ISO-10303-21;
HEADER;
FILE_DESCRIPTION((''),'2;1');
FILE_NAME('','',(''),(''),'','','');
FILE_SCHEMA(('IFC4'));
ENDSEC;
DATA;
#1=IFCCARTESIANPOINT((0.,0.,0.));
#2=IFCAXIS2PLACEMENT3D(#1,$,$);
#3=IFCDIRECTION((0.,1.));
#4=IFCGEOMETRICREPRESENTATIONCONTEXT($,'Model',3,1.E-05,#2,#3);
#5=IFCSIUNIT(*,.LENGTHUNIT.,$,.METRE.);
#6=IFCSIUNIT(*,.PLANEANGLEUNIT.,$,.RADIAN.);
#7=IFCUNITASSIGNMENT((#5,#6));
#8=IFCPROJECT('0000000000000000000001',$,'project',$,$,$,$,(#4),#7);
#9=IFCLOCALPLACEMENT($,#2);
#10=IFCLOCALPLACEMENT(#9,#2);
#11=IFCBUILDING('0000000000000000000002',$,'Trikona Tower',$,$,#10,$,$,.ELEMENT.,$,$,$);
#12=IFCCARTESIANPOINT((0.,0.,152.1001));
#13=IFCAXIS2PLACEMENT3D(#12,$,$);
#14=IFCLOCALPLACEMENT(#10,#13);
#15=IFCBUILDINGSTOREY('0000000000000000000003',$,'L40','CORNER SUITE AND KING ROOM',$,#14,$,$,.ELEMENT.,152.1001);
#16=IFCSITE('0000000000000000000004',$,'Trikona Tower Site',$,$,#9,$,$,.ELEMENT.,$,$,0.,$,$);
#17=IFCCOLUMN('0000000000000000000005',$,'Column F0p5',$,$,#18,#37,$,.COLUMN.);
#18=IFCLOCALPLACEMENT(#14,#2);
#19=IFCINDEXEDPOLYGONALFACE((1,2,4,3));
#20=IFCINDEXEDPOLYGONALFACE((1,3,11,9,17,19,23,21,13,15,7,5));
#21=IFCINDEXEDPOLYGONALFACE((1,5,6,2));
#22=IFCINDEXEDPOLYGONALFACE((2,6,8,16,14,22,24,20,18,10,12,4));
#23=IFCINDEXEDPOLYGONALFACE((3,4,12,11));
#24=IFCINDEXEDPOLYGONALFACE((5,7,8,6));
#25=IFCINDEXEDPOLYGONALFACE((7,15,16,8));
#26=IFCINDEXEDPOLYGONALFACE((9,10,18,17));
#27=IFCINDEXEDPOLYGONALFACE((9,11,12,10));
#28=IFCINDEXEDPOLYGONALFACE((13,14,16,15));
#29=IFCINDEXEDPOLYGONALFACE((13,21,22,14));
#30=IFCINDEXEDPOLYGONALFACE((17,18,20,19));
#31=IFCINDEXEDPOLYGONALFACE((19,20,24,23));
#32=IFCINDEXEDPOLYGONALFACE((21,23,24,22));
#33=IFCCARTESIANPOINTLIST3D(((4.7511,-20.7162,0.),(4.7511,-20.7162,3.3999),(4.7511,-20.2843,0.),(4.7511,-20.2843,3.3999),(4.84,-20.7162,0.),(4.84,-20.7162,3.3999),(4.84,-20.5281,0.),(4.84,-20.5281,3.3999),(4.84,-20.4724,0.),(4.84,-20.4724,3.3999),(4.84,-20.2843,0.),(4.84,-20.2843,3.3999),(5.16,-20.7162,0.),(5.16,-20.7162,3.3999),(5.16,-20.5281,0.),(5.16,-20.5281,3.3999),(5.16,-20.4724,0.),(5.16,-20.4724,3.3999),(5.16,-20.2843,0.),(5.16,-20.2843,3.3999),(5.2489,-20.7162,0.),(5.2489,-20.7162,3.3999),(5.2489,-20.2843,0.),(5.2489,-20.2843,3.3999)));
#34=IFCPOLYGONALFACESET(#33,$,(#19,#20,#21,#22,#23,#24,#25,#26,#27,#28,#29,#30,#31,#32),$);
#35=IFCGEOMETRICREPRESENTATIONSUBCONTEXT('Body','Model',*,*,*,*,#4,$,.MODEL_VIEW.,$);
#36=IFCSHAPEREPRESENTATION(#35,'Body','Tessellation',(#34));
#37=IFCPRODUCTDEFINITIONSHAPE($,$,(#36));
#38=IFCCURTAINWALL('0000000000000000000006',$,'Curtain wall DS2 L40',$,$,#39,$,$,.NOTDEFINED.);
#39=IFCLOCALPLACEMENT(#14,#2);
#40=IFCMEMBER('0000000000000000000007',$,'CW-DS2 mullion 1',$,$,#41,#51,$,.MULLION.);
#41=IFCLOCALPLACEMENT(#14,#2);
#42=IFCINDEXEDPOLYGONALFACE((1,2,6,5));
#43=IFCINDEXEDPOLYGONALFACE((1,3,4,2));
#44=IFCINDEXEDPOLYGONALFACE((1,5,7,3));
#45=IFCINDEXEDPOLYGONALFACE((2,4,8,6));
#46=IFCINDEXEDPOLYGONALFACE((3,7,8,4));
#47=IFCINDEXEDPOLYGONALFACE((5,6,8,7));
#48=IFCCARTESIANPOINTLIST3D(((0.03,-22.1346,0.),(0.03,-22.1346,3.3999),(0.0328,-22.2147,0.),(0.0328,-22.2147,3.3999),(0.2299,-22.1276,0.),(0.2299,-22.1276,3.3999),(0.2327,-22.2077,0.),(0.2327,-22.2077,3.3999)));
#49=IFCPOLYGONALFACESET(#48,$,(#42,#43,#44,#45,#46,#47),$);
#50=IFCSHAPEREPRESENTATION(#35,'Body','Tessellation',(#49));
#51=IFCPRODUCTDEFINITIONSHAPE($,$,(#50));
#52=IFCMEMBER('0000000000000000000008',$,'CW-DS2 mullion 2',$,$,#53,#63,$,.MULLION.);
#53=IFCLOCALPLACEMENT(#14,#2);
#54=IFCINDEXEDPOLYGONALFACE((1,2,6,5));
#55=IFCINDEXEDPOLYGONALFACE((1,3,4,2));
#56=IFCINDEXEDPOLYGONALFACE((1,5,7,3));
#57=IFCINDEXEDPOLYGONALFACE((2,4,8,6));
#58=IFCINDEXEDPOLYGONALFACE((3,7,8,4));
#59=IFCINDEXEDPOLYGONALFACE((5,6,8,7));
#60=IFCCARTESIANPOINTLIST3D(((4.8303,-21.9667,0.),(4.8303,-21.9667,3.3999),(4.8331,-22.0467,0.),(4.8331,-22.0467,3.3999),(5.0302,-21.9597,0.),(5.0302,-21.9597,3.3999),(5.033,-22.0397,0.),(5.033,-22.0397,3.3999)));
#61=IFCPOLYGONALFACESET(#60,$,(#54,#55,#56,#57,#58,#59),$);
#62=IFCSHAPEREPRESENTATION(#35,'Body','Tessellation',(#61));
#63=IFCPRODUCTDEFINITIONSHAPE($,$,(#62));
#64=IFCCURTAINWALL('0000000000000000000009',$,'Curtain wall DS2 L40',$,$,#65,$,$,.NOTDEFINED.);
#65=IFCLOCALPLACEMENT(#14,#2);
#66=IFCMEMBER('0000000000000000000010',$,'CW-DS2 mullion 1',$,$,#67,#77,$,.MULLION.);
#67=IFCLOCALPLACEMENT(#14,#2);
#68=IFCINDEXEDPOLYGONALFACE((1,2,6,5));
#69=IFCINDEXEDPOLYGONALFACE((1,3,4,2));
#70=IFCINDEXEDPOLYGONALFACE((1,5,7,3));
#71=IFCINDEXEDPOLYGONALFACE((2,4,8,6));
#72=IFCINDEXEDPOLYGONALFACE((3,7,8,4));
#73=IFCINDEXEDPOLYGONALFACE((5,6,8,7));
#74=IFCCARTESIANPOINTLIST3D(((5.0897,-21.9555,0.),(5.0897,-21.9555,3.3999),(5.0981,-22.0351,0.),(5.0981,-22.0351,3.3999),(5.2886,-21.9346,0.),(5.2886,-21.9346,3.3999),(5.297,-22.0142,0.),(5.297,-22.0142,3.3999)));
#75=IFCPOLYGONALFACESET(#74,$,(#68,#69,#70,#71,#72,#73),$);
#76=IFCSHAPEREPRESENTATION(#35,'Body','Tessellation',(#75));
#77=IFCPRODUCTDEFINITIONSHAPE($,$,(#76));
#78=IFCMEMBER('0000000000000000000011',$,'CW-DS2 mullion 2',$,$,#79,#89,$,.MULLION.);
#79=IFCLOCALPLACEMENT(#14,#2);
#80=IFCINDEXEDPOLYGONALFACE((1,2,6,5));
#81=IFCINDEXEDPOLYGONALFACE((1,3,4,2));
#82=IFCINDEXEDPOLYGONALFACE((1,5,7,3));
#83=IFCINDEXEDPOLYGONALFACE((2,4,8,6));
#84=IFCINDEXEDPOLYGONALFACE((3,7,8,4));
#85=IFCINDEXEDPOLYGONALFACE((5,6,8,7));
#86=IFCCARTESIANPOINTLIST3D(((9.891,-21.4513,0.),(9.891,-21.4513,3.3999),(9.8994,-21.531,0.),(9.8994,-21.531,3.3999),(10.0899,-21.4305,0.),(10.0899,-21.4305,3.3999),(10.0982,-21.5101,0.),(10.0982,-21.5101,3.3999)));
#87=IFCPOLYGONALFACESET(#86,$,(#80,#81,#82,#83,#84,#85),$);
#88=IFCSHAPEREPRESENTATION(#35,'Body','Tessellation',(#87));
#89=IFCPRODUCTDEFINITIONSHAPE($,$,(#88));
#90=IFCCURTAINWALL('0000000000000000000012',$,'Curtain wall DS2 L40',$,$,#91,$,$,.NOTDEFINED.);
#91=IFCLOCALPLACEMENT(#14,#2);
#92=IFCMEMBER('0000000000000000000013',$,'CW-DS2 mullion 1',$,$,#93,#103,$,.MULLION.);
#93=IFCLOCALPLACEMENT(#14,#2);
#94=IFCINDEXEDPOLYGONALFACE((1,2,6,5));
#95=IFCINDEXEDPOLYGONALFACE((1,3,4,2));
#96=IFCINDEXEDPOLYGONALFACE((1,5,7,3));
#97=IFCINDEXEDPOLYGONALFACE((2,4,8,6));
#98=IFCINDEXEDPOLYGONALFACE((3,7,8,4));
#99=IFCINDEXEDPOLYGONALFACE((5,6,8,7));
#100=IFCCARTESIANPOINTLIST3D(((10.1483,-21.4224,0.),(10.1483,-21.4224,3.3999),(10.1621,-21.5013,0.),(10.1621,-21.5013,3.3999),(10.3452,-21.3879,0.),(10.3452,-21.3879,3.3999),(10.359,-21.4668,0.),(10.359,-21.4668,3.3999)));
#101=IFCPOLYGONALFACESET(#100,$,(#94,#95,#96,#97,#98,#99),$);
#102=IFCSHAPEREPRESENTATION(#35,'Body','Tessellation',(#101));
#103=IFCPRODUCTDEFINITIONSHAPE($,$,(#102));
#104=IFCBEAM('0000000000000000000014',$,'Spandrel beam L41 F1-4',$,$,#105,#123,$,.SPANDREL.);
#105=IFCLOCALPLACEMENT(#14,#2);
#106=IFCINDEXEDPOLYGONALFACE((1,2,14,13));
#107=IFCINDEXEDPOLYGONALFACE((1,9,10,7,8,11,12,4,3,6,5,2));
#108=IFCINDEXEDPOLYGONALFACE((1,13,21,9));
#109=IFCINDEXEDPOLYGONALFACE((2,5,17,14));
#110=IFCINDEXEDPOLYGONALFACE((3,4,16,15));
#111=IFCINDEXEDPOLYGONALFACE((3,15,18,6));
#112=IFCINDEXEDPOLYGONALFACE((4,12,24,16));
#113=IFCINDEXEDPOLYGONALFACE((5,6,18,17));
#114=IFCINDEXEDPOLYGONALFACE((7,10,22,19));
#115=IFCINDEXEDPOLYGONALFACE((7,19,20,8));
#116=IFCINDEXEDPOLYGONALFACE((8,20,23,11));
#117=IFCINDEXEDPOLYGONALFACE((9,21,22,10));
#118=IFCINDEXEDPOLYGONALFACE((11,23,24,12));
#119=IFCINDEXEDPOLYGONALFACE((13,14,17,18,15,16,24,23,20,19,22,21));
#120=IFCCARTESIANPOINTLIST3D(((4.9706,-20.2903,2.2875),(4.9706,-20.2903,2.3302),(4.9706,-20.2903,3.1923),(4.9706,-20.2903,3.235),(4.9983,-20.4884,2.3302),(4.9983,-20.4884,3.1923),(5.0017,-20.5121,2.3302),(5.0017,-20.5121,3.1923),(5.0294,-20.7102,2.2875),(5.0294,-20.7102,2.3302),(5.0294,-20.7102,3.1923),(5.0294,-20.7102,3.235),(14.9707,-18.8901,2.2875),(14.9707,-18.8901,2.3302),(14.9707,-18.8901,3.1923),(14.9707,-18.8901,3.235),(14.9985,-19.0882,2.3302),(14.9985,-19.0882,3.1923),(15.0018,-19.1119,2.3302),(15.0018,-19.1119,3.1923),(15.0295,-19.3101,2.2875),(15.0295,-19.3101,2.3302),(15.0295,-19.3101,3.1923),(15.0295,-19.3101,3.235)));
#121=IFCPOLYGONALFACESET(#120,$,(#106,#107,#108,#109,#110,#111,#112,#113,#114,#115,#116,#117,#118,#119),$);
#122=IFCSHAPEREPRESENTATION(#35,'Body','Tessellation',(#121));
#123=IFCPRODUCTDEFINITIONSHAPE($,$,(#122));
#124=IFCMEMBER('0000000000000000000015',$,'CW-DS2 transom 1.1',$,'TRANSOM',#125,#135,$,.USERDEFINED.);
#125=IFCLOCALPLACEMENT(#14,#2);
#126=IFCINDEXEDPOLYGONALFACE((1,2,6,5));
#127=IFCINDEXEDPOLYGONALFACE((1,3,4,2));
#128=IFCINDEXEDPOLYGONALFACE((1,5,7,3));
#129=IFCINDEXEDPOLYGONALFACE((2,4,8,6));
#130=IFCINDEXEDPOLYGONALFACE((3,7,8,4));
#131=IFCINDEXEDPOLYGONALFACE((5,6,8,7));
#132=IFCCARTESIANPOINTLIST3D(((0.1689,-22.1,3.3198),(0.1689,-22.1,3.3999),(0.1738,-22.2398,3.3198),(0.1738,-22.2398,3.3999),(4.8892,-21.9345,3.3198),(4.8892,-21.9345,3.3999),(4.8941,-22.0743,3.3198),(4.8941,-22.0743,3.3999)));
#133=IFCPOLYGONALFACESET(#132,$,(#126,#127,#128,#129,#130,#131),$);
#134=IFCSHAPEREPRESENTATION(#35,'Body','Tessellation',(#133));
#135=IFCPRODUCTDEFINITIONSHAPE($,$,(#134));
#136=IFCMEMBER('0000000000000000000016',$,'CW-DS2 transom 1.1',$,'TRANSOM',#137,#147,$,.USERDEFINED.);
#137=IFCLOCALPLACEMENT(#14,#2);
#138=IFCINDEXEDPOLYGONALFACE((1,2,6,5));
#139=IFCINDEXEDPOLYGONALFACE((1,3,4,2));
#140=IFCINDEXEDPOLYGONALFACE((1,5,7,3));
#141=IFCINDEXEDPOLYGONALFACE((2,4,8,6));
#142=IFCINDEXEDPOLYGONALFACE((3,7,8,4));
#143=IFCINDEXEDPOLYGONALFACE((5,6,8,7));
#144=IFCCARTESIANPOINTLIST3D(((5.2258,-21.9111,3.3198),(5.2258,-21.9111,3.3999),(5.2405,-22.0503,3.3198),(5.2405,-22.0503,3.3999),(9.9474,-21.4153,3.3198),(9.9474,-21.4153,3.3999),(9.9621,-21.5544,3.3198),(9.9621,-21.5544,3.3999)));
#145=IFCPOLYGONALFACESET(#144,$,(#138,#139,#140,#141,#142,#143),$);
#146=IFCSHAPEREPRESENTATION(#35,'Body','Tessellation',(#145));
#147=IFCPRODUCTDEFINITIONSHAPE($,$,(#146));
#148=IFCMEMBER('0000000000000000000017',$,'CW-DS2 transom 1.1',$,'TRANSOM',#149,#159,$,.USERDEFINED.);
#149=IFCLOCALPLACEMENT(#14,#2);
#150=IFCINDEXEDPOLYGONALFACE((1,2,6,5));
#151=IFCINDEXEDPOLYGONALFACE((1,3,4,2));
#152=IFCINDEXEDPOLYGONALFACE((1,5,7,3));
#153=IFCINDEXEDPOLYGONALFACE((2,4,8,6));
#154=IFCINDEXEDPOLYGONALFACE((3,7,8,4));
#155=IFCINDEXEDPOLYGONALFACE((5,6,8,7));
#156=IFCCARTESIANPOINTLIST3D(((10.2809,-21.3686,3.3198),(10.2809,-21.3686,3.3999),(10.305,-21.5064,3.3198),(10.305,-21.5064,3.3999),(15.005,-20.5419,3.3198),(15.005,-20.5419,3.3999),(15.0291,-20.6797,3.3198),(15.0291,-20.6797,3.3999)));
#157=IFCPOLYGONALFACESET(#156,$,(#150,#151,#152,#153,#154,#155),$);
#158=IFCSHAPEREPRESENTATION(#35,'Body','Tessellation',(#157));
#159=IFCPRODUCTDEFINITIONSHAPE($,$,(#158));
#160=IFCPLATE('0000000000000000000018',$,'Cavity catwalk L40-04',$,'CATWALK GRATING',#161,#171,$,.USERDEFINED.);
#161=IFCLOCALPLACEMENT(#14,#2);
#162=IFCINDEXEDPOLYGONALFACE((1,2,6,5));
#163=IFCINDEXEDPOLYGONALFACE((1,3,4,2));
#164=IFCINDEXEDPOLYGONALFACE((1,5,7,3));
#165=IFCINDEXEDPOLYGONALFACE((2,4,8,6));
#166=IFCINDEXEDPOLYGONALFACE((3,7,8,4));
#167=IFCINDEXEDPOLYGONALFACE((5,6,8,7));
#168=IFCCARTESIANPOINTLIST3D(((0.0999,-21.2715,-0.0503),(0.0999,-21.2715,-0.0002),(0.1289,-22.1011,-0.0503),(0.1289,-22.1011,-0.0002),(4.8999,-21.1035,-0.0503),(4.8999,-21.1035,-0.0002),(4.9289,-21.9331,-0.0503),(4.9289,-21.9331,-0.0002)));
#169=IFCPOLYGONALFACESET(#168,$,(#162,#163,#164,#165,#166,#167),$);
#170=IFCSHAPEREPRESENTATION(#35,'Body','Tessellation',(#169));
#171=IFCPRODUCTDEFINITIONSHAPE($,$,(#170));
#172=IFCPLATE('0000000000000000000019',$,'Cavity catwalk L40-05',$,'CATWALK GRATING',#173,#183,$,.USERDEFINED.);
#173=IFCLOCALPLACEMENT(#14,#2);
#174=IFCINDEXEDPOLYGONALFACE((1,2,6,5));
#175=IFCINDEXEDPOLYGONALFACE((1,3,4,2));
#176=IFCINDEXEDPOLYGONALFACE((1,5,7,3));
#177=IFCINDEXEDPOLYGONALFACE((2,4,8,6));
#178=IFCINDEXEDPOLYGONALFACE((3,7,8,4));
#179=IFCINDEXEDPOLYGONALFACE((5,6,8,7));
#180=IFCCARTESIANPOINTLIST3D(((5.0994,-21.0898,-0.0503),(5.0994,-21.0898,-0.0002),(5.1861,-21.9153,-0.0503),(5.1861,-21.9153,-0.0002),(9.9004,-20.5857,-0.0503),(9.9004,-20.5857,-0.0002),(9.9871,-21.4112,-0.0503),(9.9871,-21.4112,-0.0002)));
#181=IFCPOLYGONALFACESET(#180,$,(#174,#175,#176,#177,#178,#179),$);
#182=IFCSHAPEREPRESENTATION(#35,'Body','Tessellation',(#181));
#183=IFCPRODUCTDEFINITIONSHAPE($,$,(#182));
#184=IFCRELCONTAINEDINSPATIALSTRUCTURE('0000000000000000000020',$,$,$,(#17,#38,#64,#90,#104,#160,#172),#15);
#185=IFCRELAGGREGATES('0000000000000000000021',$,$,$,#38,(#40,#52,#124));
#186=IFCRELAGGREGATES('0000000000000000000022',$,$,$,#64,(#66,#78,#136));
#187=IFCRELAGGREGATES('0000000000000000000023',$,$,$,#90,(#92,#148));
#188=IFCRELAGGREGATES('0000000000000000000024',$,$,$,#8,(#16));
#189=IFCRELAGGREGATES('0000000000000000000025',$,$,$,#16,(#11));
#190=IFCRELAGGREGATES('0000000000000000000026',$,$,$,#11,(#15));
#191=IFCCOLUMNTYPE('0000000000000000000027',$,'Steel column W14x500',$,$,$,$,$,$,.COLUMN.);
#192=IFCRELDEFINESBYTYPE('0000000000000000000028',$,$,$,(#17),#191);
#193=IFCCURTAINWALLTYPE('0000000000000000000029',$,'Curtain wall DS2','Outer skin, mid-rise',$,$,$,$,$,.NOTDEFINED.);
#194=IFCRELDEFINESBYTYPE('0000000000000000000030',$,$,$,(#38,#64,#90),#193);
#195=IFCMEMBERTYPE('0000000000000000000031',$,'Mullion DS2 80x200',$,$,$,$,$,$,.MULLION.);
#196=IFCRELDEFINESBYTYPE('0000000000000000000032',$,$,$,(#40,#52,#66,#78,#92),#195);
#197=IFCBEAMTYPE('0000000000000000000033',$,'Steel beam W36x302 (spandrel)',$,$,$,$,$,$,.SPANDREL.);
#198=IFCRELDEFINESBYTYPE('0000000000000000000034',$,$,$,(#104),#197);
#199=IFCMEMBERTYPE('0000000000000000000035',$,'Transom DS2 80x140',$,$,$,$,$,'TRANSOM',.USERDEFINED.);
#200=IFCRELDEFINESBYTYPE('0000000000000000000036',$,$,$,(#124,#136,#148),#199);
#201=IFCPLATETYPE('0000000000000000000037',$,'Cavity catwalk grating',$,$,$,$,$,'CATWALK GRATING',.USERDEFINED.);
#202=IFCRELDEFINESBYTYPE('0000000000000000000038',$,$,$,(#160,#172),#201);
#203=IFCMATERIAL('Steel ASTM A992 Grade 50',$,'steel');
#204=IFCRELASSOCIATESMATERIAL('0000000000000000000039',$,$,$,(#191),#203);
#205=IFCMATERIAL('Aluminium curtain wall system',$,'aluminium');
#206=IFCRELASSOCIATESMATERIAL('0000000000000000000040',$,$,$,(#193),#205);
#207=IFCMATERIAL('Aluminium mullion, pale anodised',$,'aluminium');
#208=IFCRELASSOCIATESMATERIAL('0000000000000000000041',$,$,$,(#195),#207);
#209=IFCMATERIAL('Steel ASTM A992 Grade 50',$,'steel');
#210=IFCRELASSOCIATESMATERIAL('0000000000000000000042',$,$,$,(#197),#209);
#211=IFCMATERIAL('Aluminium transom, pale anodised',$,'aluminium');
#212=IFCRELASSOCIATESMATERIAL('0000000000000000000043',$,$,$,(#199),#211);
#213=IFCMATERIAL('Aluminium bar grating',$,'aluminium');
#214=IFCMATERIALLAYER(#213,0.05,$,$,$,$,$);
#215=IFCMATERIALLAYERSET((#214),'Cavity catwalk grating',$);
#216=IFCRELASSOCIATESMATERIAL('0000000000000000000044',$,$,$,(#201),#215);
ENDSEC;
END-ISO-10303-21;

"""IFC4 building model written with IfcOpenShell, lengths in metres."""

from ifc_helpers import new_model, si_unit, direction, frame, origin, origin_2d, place, context, subcontext, project, spatial, rectangle, i_section, extrude, material, layer, layer_set, material_profile, profile_set, type_object, element, aggregate, save


model = new_model("IFC4")

# Units and contexts
model_context = context("Model", 3, precision=1e-05, world=origin(), true_north=direction((0.0, 1.0)))
body_context = subcontext(model_context, "Body", "Model", "MODEL_VIEW")
ifc_project = project(units=[si_unit("LENGTHUNIT", "METRE"), si_unit("PLANEANGLEUNIT", "RADIAN")], contexts=[model_context])

# Site, building, storey
site_placement = place(None, origin())
site = spatial("IfcSite", under=ifc_project, at=site_placement, Name="Trikona Tower Site", CompositionType="ELEMENT", RefElevation=0.0)
building_placement = place(site_placement, origin())
building = spatial("IfcBuilding", under=site, at=building_placement, Name="Trikona Tower", CompositionType="ELEMENT")
storey_placement = place(building_placement, frame((0.0, 0.0, 152.1001)))
storey = spatial("IfcBuildingStorey", under=building, at=storey_placement, Name="L40", Description="CORNER SUITE AND KING ROOM", CompositionType="ELEMENT", Elevation=152.1001)

# Column
ifc_material_1 = material(Name="Steel ASTM A992 Grade 50", Category="steel")
ifc_material_profile_1 = material_profile(ifc_material_1, i_section(OverallWidth=0.4319, OverallDepth=0.4978, WebThickness=0.0557, FlangeThickness=0.0889, at=origin_2d()), Name="W14X500")
ifc_profile_set_1 = profile_set([ifc_material_profile_1], Name="Steel ASTM A992 Grade 50")
column_type = type_object("IfcColumnType", Name="Steel column W14x500", PredefinedType="COLUMN", material=ifc_profile_set_1)
column_placement = place(storey_placement, frame((5.0, -20.5002, 0.0), z_axis=(0.0, 0.0, 1.0), x_axis=(0.0, -1.0, 0.0)))
element("IfcColumn", 1, at=column_placement, inside=storey, type_object=column_type, Name="Column F0p5", PredefinedType="COLUMN", context=body_context, shape_type="SweptSolid", body=[
    extrude(i_section(OverallWidth=0.4319, OverallDepth=0.4978, WebThickness=0.0557, FlangeThickness=0.0889, at=origin_2d()), origin(), (0.0, 0.0, 1.0), 3.3999),
])

# Curtain walls, members
ifc_material_2 = material(Name="Aluminium curtain wall system", Category="aluminium")
curtain_wall_type = type_object("IfcCurtainWallType", Name="Curtain wall DS2", Description="Outer skin, mid-rise", PredefinedType="NOTDEFINED", material=ifc_material_2)
curtain_wall_1_placement = place(storey_placement, origin())
curtain_wall_1 = element("IfcCurtainWall", 2, at=curtain_wall_1_placement, inside=storey, type_object=curtain_wall_type, Name="Curtain wall DS2 L40", PredefinedType="NOTDEFINED")
ifc_material_3 = material(Name="Aluminium mullion, pale anodised", Category="aluminium")
ifc_material_profile_2 = material_profile(ifc_material_3, rectangle(XDim=0.0801, YDim=0.2, at=origin_2d()), Name="MUL-DS2")
ifc_profile_set_2 = profile_set([ifc_material_profile_2], Name="Aluminium mullion, pale anodised")
member_type_1 = type_object("IfcMemberType", Name="Mullion DS2 80x200", PredefinedType="MULLION", material=ifc_profile_set_2)
member_1_placement = place(storey_placement, frame((0.1313, -22.1711, 0.0), z_axis=(0.0, 0.0, 1.0), x_axis=(-0.034998, 0.999387, 0.0)))
member_1 = element("IfcMember", 3, at=member_1_placement, type_object=member_type_1, Name="CW-DS2 mullion 1", PredefinedType="MULLION", context=body_context, shape_type="SweptSolid", body=[
    extrude(rectangle(XDim=0.0801, YDim=0.2, at=origin_2d()), origin(), (0.0, 0.0, 1.0), 3.3999),
])
member_2_placement = place(storey_placement, frame((4.9316, -22.0032, 0.0), z_axis=(0.0, 0.0, 1.0), x_axis=(-0.034998, 0.999387, 0.0)))
member_2 = element("IfcMember", 4, at=member_2_placement, type_object=member_type_1, Name="CW-DS2 mullion 2", PredefinedType="MULLION", context=body_context, shape_type="SweptSolid", body=[
    extrude(rectangle(XDim=0.0801, YDim=0.2, at=origin_2d()), origin(), (0.0, 0.0, 1.0), 3.3999),
])
curtain_wall_2_placement = place(storey_placement, origin())
curtain_wall_2 = element("IfcCurtainWall", 5, at=curtain_wall_2_placement, inside=storey, type_object=curtain_wall_type, Name="Curtain wall DS2 L40", PredefinedType="NOTDEFINED")
member_3_placement = place(storey_placement, frame((5.1934, -21.9849, 0.0), z_axis=(0.0, 0.0, 1.0), x_axis=(-0.104433, 0.994532, 0.0)))
member_3 = element("IfcMember", 6, at=member_3_placement, type_object=member_type_1, Name="CW-DS2 mullion 1", PredefinedType="MULLION", context=body_context, shape_type="SweptSolid", body=[
    extrude(rectangle(XDim=0.0801, YDim=0.2, at=origin_2d()), origin(), (0.0, 0.0, 1.0), 3.3999),
])
member_4_placement = place(storey_placement, frame((9.9946, -21.4807, 0.0), z_axis=(0.0, 0.0, 1.0), x_axis=(-0.104433, 0.994532, 0.0)))
member_4 = element("IfcMember", 7, at=member_4_placement, type_object=member_type_1, Name="CW-DS2 mullion 2", PredefinedType="MULLION", context=body_context, shape_type="SweptSolid", body=[
    extrude(rectangle(XDim=0.0801, YDim=0.2, at=origin_2d()), origin(), (0.0, 0.0, 1.0), 3.3999),
])

# Curtain wall, member
curtain_wall_3_placement = place(storey_placement, origin())
curtain_wall_3 = element("IfcCurtainWall", 8, at=curtain_wall_3_placement, inside=storey, type_object=curtain_wall_type, Name="Curtain wall DS2 L40", PredefinedType="NOTDEFINED")
member_5_placement = place(storey_placement, frame((10.2537, -21.4446, 0.0), z_axis=(0.0, 0.0, 1.0), x_axis=(-0.172377, 0.985031, 0.0)))
member_5 = element("IfcMember", 9, at=member_5_placement, type_object=member_type_1, Name="CW-DS2 mullion 1", PredefinedType="MULLION", context=body_context, shape_type="SweptSolid", body=[
    extrude(rectangle(XDim=0.0801, YDim=0.2, at=origin_2d()), origin(), (0.0, 0.0, 1.0), 3.3999),
])

# Beam
ifc_material_4 = material(Name="Steel ASTM A992 Grade 50", Category="steel")
ifc_material_profile_3 = material_profile(ifc_material_4, i_section(OverallWidth=0.4241, OverallDepth=0.9475, WebThickness=0.0239, FlangeThickness=0.0427, at=origin_2d()), Name="W36X302")
ifc_profile_set_3 = profile_set([ifc_material_profile_3], Name="Steel ASTM A992 Grade 50")
beam_type = type_object("IfcBeamType", Name="Steel beam W36x302 (spandrel)", PredefinedType="SPANDREL", material=ifc_profile_set_3)
beam_placement = place(storey_placement, frame((5.0, -20.5002, 2.7612), z_axis=(0.99034, 0.138662, 0.0), x_axis=(-0.138662, 0.99034, 0.0)))
element("IfcBeam", 10, at=beam_placement, inside=storey, type_object=beam_type, Name="Spandrel beam L41 F1-4", PredefinedType="SPANDREL", context=body_context, shape_type="SweptSolid", body=[
    extrude(i_section(OverallWidth=0.4241, OverallDepth=0.9475, WebThickness=0.0239, FlangeThickness=0.0427, at=origin_2d()), origin(), (0.0, 0.0, 1.0), 10.0977),
])

# Members
ifc_material_5 = material(Name="Aluminium transom, pale anodised", Category="aluminium")
ifc_material_profile_4 = material_profile(ifc_material_5, rectangle(XDim=0.1399, YDim=0.0801, at=origin_2d()), Name="TRN-DS2")
ifc_profile_set_4 = profile_set([ifc_material_profile_4], Name="Aluminium transom, pale anodised")
member_type_2 = type_object("IfcMemberType", Name="Transom DS2 80x140", ElementType="TRANSOM", PredefinedType="USERDEFINED", material=ifc_profile_set_4)
member_6_placement = place(storey_placement, frame((0.1714, -22.1699, 3.3599), z_axis=(0.999386, 0.035046, 0.0), x_axis=(-0.035046, 0.999386, 0.0)))
member_6 = element("IfcMember", 11, at=member_6_placement, type_object=member_type_2, Name="CW-DS2 transom 1.1", ObjectType="TRANSOM", PredefinedType="USERDEFINED", context=body_context, shape_type="SweptSolid", body=[
    extrude(rectangle(XDim=0.1399, YDim=0.0801, at=origin_2d()), origin(), (0.0, 0.0, 1.0), 4.7231),
])
member_7_placement = place(storey_placement, frame((5.2332, -21.9807, 3.3599), z_axis=(0.994531, 0.104441, 0.0), x_axis=(-0.104441, 0.994531, 0.0)))
member_7 = element("IfcMember", 12, at=member_7_placement, type_object=member_type_2, Name="CW-DS2 transom 1.1", ObjectType="TRANSOM", PredefinedType="USERDEFINED", context=body_context, shape_type="SweptSolid", body=[
    extrude(rectangle(XDim=0.1399, YDim=0.0801, at=origin_2d()), origin(), (0.0, 0.0, 1.0), 4.7476),
])
member_8_placement = place(storey_placement, frame((10.293, -21.4375, 3.3599), z_axis=(0.985033, 0.172368, 0.0), x_axis=(-0.172368, 0.985033, 0.0)))
member_8 = element("IfcMember", 13, at=member_8_placement, type_object=member_type_2, Name="CW-DS2 transom 1.1", ObjectType="TRANSOM", PredefinedType="USERDEFINED", context=body_context, shape_type="SweptSolid", body=[
    extrude(rectangle(XDim=0.1399, YDim=0.0801, at=origin_2d()), origin(), (0.0, 0.0, 1.0), 4.7959),
])

# Plates
ifc_material_6 = material(Name="Aluminium bar grating", Category="aluminium")
ifc_layer_1 = layer(ifc_material_6, 0.05)
ifc_layer_set_1 = layer_set([ifc_layer_1], Name="Cavity catwalk grating")
plate_type_1 = type_object("IfcPlateType", Name="Cavity catwalk grating", ElementType="CATWALK GRATING", PredefinedType="USERDEFINED", material=ifc_layer_set_1)
plate_1_placement = place(storey_placement, frame((2.5144, -21.6023, -0.0503), z_axis=(0.0, 0.0, 1.0), x_axis=(0.999388, 0.034978, 0.0)))
element("IfcPlate", 14, at=plate_1_placement, inside=storey, type_object=plate_type_1, Name="Cavity catwalk L40-04", ObjectType="CATWALK GRATING", PredefinedType="USERDEFINED", context=body_context, shape_type="SweptSolid", body=[
    extrude(rectangle(XDim=4.803, YDim=0.8301, at=origin_2d()), origin(), (0.0, 0.0, 1.0), 0.05),
])
plate_2_placement = place(storey_placement, frame((7.5432, -21.2505, -0.0503), z_axis=(0.0, 0.0, 1.0), x_axis=(0.994533, 0.104426, 0.0)))
element("IfcPlate", 15, at=plate_2_placement, inside=storey, type_object=plate_type_1, Name="Cavity catwalk L40-05", ObjectType="CATWALK GRATING", PredefinedType="USERDEFINED", context=body_context, shape_type="SweptSolid", body=[
    extrude(rectangle(XDim=4.8274, YDim=0.8301, at=origin_2d()), origin(), (0.0, 0.0, 1.0), 0.05),
])

aggregate(curtain_wall_1, [member_1, member_2, member_6])
aggregate(curtain_wall_2, [member_3, member_4, member_7])
aggregate(curtain_wall_3, [member_5, member_8])

save(model, "model.ifc")
